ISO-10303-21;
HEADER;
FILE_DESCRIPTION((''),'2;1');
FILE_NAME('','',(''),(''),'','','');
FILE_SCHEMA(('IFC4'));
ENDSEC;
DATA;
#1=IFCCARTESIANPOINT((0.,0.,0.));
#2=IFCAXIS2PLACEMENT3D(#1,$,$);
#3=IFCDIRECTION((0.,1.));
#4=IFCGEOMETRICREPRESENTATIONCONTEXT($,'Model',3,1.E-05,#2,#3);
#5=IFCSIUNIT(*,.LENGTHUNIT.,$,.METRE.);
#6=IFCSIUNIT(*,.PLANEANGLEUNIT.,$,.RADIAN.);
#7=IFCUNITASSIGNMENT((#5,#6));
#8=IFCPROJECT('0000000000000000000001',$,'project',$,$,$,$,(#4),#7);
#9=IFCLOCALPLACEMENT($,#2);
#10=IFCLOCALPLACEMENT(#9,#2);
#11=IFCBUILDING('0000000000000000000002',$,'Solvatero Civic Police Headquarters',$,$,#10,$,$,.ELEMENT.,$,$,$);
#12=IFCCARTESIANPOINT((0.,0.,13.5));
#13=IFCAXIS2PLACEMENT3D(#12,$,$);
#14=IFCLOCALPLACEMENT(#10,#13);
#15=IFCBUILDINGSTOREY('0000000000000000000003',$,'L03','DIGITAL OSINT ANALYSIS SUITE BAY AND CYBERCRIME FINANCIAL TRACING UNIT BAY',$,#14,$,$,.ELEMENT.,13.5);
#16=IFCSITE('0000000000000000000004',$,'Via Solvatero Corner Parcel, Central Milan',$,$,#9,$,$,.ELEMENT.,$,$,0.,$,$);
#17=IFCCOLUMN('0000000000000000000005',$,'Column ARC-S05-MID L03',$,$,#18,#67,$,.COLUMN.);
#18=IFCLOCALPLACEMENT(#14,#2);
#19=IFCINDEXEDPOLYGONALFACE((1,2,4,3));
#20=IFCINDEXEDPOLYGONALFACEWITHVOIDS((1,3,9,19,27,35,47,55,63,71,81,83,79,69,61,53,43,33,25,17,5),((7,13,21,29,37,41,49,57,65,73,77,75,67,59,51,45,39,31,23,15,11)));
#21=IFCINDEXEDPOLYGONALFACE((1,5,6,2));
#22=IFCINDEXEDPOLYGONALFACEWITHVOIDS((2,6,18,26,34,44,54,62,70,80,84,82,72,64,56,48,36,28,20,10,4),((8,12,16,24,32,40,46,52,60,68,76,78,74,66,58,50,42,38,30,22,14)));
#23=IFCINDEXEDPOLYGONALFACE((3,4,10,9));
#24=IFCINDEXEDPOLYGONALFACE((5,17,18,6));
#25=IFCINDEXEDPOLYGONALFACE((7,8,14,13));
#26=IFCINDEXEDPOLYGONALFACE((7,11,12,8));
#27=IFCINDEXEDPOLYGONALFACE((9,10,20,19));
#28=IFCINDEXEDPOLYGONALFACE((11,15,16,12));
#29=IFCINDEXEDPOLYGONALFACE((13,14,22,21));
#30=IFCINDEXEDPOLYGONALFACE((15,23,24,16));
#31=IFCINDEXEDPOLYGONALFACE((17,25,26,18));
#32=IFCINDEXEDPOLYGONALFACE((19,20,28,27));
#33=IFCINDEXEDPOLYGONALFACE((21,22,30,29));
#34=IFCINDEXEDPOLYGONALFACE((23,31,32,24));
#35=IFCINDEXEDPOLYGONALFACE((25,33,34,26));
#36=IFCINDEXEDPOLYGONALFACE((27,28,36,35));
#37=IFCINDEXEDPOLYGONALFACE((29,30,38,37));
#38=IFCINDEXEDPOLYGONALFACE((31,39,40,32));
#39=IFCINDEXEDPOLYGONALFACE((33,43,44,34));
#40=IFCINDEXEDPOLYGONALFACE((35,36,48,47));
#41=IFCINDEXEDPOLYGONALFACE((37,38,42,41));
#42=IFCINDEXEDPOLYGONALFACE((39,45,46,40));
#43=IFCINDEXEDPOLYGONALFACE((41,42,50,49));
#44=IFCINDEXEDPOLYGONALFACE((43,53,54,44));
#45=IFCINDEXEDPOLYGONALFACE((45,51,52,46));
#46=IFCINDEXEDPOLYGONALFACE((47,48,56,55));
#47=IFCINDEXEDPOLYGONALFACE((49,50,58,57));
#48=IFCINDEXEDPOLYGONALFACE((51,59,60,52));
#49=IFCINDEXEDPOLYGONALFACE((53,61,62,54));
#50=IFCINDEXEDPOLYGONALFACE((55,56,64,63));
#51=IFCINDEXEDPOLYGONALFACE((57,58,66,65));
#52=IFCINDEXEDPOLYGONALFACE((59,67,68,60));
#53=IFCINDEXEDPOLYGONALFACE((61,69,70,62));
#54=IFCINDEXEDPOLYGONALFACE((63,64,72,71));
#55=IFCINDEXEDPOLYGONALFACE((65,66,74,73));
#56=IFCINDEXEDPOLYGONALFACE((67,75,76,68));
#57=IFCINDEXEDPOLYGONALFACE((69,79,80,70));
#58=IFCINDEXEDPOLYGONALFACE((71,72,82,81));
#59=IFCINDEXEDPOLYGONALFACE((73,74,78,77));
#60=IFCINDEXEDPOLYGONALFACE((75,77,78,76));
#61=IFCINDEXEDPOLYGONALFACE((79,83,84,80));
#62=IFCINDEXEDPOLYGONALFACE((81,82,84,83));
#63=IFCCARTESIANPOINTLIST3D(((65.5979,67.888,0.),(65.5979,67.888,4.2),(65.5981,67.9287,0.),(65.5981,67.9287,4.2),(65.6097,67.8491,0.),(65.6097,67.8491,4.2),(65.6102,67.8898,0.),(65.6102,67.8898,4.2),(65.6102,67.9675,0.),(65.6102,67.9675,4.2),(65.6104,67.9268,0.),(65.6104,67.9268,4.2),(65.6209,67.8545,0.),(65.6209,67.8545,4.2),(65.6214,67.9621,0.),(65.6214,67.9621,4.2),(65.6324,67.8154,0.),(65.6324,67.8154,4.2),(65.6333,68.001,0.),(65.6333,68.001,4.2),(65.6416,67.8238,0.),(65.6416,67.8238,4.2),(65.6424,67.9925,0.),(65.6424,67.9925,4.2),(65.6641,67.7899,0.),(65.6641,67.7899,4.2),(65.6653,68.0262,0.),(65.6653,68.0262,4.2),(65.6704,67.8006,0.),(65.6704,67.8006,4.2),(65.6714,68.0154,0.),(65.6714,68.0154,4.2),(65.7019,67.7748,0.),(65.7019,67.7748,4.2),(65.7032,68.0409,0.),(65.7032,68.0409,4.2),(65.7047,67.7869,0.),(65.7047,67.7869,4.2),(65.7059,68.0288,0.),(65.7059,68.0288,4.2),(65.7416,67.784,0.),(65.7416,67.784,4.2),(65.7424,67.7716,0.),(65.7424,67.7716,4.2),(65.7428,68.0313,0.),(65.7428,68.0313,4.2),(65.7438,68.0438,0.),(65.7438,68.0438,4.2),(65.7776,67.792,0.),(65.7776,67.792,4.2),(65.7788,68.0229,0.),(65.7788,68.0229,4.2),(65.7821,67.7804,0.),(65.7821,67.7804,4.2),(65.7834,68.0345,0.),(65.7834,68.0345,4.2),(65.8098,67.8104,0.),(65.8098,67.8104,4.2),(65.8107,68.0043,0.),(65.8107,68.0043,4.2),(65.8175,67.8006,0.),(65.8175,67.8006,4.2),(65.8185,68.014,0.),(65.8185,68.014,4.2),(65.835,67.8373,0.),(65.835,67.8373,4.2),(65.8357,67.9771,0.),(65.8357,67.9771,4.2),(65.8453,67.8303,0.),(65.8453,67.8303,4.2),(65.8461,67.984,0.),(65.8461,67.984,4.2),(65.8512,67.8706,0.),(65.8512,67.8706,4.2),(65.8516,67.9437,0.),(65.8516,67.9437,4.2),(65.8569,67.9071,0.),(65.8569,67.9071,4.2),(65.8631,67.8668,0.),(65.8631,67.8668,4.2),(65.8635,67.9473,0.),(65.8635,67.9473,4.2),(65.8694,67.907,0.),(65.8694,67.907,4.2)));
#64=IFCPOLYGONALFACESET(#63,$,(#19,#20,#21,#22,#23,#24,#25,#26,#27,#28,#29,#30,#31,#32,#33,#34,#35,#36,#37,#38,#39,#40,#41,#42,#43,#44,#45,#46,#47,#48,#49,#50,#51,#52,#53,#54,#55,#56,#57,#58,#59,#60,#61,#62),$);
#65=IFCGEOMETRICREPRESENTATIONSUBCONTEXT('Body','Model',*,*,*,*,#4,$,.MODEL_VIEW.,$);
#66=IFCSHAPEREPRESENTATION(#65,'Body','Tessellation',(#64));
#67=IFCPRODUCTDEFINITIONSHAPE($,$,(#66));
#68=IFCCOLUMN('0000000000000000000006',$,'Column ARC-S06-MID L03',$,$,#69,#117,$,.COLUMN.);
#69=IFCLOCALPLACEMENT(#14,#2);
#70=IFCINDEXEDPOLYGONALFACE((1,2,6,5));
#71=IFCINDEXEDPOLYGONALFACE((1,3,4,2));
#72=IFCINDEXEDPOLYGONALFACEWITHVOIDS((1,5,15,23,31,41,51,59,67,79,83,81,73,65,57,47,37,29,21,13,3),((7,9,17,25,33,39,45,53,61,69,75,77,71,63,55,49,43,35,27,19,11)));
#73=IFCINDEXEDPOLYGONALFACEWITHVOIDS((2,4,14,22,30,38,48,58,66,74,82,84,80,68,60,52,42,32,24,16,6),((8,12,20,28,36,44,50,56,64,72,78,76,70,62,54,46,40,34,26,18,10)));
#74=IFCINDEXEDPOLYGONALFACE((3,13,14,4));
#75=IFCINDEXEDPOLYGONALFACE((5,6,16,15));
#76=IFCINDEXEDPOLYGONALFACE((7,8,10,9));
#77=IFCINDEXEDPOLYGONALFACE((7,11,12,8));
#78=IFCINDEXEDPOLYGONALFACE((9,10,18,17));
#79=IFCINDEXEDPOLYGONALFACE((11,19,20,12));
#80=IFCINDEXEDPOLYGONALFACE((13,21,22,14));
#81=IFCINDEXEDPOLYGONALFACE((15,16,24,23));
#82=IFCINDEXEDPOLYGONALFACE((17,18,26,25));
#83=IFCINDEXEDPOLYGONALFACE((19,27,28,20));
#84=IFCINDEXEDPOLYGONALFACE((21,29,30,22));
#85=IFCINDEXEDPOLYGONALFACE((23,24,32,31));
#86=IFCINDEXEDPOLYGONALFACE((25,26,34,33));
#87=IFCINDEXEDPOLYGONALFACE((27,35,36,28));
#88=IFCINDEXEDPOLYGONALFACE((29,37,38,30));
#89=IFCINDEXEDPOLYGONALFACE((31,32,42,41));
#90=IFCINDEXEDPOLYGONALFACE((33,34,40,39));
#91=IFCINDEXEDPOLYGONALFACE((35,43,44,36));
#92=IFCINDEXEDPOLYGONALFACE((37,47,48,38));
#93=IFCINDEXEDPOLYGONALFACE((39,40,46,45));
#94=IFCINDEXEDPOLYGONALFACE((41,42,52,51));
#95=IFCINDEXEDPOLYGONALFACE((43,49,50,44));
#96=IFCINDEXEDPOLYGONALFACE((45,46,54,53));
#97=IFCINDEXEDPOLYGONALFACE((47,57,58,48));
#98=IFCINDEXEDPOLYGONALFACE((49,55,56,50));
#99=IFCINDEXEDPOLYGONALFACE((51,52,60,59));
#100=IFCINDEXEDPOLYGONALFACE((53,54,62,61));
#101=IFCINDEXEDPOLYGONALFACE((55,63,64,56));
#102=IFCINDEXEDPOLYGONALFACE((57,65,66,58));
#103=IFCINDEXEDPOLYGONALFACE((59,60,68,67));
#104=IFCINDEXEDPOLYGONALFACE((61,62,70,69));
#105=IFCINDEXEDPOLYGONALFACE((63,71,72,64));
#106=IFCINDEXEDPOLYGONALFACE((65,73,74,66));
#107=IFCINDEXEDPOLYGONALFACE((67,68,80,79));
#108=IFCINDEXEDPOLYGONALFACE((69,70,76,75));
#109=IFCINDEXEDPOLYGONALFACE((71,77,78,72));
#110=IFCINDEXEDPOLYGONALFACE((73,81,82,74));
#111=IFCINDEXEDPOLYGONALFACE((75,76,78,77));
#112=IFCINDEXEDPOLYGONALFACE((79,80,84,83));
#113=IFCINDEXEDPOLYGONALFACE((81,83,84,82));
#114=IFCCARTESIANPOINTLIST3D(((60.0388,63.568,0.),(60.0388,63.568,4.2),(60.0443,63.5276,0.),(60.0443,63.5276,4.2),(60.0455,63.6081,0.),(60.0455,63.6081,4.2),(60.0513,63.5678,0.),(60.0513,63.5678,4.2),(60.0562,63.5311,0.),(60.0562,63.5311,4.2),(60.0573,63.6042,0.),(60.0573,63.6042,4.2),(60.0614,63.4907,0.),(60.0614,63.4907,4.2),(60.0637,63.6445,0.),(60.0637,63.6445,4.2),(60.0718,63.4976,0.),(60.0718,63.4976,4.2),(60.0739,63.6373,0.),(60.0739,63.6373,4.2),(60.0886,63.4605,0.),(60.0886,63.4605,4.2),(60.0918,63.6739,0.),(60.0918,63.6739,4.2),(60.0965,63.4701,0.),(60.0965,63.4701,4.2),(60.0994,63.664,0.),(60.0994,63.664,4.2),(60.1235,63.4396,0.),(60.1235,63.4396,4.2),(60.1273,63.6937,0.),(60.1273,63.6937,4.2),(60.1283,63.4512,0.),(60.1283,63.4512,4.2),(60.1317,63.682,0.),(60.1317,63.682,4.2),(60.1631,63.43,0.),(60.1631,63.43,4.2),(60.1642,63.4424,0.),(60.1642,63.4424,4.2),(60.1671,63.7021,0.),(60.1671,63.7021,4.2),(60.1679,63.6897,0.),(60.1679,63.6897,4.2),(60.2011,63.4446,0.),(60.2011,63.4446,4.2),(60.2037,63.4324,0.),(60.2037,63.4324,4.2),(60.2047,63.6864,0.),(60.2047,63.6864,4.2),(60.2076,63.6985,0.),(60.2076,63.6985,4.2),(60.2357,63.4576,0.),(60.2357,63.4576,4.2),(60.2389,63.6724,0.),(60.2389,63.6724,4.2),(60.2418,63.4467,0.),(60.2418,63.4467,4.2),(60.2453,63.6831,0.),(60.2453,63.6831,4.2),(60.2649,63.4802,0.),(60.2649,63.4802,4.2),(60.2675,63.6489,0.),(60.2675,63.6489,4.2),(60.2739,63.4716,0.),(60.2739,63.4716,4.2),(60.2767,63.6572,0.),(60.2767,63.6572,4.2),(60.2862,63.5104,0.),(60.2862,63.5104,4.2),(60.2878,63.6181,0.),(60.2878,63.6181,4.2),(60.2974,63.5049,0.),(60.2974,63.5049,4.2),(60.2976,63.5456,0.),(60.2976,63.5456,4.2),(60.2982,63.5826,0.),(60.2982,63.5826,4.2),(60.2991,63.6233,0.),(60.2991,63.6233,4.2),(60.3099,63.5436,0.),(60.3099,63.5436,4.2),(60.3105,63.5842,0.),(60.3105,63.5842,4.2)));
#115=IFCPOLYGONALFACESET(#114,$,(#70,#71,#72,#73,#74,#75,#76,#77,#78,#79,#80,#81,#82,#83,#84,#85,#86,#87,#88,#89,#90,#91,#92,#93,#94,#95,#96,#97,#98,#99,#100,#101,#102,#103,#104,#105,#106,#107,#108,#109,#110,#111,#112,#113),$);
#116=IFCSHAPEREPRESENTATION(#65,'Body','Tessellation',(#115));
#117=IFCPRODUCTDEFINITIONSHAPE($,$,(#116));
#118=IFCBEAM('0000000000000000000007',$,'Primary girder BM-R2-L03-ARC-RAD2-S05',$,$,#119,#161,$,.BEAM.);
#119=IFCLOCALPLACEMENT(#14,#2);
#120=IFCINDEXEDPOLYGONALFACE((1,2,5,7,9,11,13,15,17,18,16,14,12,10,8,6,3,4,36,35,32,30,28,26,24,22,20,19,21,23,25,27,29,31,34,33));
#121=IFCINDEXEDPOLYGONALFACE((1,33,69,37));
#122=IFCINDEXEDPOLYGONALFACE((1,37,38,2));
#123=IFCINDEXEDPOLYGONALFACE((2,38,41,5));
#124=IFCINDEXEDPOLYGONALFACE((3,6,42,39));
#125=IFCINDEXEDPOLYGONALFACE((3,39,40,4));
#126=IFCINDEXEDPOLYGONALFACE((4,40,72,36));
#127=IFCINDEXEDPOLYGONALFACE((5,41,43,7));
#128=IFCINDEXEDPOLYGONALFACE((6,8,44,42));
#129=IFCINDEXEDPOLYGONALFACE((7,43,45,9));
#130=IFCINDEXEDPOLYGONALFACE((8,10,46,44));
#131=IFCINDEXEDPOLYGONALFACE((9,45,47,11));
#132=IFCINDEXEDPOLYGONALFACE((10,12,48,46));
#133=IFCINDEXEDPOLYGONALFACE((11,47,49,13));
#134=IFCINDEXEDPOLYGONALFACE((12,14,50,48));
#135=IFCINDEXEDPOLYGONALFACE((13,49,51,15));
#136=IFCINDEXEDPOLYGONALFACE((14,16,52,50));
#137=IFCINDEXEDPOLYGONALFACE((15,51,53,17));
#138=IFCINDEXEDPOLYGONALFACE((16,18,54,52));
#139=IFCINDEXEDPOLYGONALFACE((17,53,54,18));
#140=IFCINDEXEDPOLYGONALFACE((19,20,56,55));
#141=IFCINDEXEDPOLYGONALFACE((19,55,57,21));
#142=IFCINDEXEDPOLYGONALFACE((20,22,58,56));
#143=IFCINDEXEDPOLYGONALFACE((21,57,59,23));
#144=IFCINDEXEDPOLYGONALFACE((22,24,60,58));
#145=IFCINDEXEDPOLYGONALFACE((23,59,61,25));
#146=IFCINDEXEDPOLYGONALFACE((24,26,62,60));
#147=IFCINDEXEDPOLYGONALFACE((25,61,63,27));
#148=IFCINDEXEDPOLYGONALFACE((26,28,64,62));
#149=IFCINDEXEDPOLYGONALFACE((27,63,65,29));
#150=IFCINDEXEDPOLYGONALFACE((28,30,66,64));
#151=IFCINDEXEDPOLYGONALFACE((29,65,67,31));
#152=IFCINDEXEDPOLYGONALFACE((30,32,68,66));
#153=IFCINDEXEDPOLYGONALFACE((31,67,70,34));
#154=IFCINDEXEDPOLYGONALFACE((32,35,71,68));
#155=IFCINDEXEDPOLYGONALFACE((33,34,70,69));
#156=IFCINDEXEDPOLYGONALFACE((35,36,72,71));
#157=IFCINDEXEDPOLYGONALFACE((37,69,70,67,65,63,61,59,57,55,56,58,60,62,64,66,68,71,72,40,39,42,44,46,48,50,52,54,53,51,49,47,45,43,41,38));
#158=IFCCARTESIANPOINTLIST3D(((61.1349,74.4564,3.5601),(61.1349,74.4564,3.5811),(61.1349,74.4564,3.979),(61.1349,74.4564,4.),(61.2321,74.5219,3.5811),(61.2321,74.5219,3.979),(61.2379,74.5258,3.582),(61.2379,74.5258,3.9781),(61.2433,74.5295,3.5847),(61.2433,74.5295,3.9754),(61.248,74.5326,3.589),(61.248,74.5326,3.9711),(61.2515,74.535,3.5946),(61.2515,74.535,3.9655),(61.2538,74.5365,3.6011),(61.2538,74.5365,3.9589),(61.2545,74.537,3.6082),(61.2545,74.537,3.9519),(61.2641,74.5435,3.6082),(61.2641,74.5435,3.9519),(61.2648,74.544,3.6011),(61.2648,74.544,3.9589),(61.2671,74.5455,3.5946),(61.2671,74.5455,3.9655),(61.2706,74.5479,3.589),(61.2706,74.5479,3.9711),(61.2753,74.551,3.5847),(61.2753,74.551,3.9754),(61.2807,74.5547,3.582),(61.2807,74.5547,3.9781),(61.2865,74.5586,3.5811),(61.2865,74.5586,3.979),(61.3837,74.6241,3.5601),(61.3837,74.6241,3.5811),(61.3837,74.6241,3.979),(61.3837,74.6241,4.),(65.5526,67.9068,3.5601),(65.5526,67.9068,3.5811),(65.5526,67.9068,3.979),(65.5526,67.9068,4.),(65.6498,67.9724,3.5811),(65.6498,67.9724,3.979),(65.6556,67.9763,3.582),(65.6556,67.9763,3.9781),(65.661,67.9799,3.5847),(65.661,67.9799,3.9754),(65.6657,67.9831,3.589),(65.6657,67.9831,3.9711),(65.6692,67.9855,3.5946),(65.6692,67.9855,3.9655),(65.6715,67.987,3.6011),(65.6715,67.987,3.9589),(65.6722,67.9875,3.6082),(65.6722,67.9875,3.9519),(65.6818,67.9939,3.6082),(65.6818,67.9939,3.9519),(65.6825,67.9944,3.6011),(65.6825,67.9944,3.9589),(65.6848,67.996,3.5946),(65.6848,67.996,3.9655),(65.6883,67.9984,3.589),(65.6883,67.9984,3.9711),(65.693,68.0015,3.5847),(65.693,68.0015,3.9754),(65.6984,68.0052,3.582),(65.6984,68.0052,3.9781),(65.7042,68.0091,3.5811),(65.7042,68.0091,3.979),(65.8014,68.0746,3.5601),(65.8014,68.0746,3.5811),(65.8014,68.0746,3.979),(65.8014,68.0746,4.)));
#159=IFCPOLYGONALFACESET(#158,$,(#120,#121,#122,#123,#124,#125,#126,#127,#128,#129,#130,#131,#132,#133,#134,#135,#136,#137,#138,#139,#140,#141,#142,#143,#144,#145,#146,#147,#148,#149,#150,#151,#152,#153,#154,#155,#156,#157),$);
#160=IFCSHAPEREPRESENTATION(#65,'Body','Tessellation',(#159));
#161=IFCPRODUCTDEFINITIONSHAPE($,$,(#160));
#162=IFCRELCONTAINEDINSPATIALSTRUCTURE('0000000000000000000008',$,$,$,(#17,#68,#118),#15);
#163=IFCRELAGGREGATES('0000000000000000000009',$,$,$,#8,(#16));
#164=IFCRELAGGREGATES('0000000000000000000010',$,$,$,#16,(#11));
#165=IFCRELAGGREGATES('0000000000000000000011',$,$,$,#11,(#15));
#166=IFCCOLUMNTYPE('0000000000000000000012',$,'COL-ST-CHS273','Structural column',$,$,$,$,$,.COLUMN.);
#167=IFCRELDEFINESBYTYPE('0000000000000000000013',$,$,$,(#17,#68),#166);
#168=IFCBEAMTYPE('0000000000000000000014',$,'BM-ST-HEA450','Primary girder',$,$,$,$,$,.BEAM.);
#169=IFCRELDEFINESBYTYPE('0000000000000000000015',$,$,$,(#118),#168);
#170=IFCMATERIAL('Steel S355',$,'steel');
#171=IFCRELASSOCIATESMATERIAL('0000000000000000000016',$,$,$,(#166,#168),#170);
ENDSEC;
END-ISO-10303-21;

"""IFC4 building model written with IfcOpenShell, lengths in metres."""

from ifc_helpers import new_model, si_unit, direction, frame, origin, origin_2d, place, context, subcontext, project, spatial, hollow_circle, i_section, extrude, material, material_profile, profile_set, type_object, element, save


model = new_model("IFC4")

# Units and contexts
model_context = context("Model", 3, precision=1e-05, world=origin(), true_north=direction((0.0, 1.0)))
body_context = subcontext(model_context, "Body", "Model", "MODEL_VIEW")
ifc_project = project(units=[si_unit("LENGTHUNIT", "METRE"), si_unit("PLANEANGLEUNIT", "RADIAN")], contexts=[model_context])

# Site, building, storey
site_placement = place(None, origin())
site = spatial("IfcSite", under=ifc_project, at=site_placement, Name="Via Solvatero Corner Parcel, Central Milan", CompositionType="ELEMENT", RefElevation=0.0)
building_placement = place(site_placement, origin())
building = spatial("IfcBuilding", under=site, at=building_placement, Name="Solvatero Civic Police Headquarters", CompositionType="ELEMENT")
storey_placement = place(building_placement, frame((0.0, 0.0, 13.5)))
storey = spatial("IfcBuildingStorey", under=building, at=storey_placement, Name="L03", Description="DIGITAL OSINT ANALYSIS SUITE BAY AND CYBERCRIME FINANCIAL TRACING UNIT BAY", CompositionType="ELEMENT", Elevation=13.5)

# Columns
ifc_material_1 = material(Name="Steel S355", Category="steel")
ifc_material_profile_1 = material_profile(ifc_material_1, hollow_circle(Radius=0.1365, WallThickness=0.0125, at=origin_2d()), Name="CHS 273.0x12.5")
ifc_profile_set_1 = profile_set([ifc_material_profile_1], Name="Steel S355")
column_type = type_object("IfcColumnType", Name="COL-ST-CHS273", Description="Structural column", PredefinedType="COLUMN", material=ifc_profile_set_1)
for number, where, z_axis, x_axis, name in (
    (1, (65.7329, 67.9077, 0.0), (0.0, 0.0, 1.0), (0.829038, 0.559193, 0.0), "Column ARC-S05-MID L03"),
    (2, (60.1753, 63.5659, 0.0), (0.0, 0.0, 1.0), (0.743145, 0.669131, 0.0), "Column ARC-S06-MID L03"),
):
    element("IfcColumn", number, at=place(storey_placement, frame(where, z_axis=z_axis, x_axis=x_axis)), inside=storey, type_object=column_type, Name=name, PredefinedType="COLUMN", context=body_context, shape_type="SweptSolid", body=[
        extrude(hollow_circle(Radius=0.1365, WallThickness=0.0125, at=origin_2d()), origin(), (0.0, 0.0, 1.0), 4.2),
    ])

# Beam
ifc_material_profile_2 = material_profile(ifc_material_1, i_section(OverallWidth=0.3, OverallDepth=0.4399, WebThickness=0.0115, FlangeThickness=0.021, FilletRadius=0.0271, at=origin_2d()), Name="HEA 450")
ifc_profile_set_2 = profile_set([ifc_material_profile_2], Name="Steel S355")
beam_type_1 = type_object("IfcBeamType", Name="BM-ST-HEA450", Description="Primary girder", PredefinedType="BEAM", material=ifc_profile_set_2)
beam_1_placement = place(storey_placement, frame((65.677, 67.9907, 3.78), z_axis=(-0.559192, 0.829038, 0.0), x_axis=(-0.829038, -0.559192, 0.0)))
element("IfcBeam", 3, at=beam_1_placement, inside=storey, type_object=beam_type_1, Name="Primary girder BM-R2-L03-ARC-RAD2-S05", PredefinedType="BEAM", context=body_context, shape_type="SweptSolid", body=[
    extrude(i_section(OverallWidth=0.3, OverallDepth=0.4399, WebThickness=0.0115, FlangeThickness=0.021, FilletRadius=0.0271, at=origin_2d()), origin(), (0.0, 0.0, 1.0), 7.9001),
])

save(model, "model.ifc")
